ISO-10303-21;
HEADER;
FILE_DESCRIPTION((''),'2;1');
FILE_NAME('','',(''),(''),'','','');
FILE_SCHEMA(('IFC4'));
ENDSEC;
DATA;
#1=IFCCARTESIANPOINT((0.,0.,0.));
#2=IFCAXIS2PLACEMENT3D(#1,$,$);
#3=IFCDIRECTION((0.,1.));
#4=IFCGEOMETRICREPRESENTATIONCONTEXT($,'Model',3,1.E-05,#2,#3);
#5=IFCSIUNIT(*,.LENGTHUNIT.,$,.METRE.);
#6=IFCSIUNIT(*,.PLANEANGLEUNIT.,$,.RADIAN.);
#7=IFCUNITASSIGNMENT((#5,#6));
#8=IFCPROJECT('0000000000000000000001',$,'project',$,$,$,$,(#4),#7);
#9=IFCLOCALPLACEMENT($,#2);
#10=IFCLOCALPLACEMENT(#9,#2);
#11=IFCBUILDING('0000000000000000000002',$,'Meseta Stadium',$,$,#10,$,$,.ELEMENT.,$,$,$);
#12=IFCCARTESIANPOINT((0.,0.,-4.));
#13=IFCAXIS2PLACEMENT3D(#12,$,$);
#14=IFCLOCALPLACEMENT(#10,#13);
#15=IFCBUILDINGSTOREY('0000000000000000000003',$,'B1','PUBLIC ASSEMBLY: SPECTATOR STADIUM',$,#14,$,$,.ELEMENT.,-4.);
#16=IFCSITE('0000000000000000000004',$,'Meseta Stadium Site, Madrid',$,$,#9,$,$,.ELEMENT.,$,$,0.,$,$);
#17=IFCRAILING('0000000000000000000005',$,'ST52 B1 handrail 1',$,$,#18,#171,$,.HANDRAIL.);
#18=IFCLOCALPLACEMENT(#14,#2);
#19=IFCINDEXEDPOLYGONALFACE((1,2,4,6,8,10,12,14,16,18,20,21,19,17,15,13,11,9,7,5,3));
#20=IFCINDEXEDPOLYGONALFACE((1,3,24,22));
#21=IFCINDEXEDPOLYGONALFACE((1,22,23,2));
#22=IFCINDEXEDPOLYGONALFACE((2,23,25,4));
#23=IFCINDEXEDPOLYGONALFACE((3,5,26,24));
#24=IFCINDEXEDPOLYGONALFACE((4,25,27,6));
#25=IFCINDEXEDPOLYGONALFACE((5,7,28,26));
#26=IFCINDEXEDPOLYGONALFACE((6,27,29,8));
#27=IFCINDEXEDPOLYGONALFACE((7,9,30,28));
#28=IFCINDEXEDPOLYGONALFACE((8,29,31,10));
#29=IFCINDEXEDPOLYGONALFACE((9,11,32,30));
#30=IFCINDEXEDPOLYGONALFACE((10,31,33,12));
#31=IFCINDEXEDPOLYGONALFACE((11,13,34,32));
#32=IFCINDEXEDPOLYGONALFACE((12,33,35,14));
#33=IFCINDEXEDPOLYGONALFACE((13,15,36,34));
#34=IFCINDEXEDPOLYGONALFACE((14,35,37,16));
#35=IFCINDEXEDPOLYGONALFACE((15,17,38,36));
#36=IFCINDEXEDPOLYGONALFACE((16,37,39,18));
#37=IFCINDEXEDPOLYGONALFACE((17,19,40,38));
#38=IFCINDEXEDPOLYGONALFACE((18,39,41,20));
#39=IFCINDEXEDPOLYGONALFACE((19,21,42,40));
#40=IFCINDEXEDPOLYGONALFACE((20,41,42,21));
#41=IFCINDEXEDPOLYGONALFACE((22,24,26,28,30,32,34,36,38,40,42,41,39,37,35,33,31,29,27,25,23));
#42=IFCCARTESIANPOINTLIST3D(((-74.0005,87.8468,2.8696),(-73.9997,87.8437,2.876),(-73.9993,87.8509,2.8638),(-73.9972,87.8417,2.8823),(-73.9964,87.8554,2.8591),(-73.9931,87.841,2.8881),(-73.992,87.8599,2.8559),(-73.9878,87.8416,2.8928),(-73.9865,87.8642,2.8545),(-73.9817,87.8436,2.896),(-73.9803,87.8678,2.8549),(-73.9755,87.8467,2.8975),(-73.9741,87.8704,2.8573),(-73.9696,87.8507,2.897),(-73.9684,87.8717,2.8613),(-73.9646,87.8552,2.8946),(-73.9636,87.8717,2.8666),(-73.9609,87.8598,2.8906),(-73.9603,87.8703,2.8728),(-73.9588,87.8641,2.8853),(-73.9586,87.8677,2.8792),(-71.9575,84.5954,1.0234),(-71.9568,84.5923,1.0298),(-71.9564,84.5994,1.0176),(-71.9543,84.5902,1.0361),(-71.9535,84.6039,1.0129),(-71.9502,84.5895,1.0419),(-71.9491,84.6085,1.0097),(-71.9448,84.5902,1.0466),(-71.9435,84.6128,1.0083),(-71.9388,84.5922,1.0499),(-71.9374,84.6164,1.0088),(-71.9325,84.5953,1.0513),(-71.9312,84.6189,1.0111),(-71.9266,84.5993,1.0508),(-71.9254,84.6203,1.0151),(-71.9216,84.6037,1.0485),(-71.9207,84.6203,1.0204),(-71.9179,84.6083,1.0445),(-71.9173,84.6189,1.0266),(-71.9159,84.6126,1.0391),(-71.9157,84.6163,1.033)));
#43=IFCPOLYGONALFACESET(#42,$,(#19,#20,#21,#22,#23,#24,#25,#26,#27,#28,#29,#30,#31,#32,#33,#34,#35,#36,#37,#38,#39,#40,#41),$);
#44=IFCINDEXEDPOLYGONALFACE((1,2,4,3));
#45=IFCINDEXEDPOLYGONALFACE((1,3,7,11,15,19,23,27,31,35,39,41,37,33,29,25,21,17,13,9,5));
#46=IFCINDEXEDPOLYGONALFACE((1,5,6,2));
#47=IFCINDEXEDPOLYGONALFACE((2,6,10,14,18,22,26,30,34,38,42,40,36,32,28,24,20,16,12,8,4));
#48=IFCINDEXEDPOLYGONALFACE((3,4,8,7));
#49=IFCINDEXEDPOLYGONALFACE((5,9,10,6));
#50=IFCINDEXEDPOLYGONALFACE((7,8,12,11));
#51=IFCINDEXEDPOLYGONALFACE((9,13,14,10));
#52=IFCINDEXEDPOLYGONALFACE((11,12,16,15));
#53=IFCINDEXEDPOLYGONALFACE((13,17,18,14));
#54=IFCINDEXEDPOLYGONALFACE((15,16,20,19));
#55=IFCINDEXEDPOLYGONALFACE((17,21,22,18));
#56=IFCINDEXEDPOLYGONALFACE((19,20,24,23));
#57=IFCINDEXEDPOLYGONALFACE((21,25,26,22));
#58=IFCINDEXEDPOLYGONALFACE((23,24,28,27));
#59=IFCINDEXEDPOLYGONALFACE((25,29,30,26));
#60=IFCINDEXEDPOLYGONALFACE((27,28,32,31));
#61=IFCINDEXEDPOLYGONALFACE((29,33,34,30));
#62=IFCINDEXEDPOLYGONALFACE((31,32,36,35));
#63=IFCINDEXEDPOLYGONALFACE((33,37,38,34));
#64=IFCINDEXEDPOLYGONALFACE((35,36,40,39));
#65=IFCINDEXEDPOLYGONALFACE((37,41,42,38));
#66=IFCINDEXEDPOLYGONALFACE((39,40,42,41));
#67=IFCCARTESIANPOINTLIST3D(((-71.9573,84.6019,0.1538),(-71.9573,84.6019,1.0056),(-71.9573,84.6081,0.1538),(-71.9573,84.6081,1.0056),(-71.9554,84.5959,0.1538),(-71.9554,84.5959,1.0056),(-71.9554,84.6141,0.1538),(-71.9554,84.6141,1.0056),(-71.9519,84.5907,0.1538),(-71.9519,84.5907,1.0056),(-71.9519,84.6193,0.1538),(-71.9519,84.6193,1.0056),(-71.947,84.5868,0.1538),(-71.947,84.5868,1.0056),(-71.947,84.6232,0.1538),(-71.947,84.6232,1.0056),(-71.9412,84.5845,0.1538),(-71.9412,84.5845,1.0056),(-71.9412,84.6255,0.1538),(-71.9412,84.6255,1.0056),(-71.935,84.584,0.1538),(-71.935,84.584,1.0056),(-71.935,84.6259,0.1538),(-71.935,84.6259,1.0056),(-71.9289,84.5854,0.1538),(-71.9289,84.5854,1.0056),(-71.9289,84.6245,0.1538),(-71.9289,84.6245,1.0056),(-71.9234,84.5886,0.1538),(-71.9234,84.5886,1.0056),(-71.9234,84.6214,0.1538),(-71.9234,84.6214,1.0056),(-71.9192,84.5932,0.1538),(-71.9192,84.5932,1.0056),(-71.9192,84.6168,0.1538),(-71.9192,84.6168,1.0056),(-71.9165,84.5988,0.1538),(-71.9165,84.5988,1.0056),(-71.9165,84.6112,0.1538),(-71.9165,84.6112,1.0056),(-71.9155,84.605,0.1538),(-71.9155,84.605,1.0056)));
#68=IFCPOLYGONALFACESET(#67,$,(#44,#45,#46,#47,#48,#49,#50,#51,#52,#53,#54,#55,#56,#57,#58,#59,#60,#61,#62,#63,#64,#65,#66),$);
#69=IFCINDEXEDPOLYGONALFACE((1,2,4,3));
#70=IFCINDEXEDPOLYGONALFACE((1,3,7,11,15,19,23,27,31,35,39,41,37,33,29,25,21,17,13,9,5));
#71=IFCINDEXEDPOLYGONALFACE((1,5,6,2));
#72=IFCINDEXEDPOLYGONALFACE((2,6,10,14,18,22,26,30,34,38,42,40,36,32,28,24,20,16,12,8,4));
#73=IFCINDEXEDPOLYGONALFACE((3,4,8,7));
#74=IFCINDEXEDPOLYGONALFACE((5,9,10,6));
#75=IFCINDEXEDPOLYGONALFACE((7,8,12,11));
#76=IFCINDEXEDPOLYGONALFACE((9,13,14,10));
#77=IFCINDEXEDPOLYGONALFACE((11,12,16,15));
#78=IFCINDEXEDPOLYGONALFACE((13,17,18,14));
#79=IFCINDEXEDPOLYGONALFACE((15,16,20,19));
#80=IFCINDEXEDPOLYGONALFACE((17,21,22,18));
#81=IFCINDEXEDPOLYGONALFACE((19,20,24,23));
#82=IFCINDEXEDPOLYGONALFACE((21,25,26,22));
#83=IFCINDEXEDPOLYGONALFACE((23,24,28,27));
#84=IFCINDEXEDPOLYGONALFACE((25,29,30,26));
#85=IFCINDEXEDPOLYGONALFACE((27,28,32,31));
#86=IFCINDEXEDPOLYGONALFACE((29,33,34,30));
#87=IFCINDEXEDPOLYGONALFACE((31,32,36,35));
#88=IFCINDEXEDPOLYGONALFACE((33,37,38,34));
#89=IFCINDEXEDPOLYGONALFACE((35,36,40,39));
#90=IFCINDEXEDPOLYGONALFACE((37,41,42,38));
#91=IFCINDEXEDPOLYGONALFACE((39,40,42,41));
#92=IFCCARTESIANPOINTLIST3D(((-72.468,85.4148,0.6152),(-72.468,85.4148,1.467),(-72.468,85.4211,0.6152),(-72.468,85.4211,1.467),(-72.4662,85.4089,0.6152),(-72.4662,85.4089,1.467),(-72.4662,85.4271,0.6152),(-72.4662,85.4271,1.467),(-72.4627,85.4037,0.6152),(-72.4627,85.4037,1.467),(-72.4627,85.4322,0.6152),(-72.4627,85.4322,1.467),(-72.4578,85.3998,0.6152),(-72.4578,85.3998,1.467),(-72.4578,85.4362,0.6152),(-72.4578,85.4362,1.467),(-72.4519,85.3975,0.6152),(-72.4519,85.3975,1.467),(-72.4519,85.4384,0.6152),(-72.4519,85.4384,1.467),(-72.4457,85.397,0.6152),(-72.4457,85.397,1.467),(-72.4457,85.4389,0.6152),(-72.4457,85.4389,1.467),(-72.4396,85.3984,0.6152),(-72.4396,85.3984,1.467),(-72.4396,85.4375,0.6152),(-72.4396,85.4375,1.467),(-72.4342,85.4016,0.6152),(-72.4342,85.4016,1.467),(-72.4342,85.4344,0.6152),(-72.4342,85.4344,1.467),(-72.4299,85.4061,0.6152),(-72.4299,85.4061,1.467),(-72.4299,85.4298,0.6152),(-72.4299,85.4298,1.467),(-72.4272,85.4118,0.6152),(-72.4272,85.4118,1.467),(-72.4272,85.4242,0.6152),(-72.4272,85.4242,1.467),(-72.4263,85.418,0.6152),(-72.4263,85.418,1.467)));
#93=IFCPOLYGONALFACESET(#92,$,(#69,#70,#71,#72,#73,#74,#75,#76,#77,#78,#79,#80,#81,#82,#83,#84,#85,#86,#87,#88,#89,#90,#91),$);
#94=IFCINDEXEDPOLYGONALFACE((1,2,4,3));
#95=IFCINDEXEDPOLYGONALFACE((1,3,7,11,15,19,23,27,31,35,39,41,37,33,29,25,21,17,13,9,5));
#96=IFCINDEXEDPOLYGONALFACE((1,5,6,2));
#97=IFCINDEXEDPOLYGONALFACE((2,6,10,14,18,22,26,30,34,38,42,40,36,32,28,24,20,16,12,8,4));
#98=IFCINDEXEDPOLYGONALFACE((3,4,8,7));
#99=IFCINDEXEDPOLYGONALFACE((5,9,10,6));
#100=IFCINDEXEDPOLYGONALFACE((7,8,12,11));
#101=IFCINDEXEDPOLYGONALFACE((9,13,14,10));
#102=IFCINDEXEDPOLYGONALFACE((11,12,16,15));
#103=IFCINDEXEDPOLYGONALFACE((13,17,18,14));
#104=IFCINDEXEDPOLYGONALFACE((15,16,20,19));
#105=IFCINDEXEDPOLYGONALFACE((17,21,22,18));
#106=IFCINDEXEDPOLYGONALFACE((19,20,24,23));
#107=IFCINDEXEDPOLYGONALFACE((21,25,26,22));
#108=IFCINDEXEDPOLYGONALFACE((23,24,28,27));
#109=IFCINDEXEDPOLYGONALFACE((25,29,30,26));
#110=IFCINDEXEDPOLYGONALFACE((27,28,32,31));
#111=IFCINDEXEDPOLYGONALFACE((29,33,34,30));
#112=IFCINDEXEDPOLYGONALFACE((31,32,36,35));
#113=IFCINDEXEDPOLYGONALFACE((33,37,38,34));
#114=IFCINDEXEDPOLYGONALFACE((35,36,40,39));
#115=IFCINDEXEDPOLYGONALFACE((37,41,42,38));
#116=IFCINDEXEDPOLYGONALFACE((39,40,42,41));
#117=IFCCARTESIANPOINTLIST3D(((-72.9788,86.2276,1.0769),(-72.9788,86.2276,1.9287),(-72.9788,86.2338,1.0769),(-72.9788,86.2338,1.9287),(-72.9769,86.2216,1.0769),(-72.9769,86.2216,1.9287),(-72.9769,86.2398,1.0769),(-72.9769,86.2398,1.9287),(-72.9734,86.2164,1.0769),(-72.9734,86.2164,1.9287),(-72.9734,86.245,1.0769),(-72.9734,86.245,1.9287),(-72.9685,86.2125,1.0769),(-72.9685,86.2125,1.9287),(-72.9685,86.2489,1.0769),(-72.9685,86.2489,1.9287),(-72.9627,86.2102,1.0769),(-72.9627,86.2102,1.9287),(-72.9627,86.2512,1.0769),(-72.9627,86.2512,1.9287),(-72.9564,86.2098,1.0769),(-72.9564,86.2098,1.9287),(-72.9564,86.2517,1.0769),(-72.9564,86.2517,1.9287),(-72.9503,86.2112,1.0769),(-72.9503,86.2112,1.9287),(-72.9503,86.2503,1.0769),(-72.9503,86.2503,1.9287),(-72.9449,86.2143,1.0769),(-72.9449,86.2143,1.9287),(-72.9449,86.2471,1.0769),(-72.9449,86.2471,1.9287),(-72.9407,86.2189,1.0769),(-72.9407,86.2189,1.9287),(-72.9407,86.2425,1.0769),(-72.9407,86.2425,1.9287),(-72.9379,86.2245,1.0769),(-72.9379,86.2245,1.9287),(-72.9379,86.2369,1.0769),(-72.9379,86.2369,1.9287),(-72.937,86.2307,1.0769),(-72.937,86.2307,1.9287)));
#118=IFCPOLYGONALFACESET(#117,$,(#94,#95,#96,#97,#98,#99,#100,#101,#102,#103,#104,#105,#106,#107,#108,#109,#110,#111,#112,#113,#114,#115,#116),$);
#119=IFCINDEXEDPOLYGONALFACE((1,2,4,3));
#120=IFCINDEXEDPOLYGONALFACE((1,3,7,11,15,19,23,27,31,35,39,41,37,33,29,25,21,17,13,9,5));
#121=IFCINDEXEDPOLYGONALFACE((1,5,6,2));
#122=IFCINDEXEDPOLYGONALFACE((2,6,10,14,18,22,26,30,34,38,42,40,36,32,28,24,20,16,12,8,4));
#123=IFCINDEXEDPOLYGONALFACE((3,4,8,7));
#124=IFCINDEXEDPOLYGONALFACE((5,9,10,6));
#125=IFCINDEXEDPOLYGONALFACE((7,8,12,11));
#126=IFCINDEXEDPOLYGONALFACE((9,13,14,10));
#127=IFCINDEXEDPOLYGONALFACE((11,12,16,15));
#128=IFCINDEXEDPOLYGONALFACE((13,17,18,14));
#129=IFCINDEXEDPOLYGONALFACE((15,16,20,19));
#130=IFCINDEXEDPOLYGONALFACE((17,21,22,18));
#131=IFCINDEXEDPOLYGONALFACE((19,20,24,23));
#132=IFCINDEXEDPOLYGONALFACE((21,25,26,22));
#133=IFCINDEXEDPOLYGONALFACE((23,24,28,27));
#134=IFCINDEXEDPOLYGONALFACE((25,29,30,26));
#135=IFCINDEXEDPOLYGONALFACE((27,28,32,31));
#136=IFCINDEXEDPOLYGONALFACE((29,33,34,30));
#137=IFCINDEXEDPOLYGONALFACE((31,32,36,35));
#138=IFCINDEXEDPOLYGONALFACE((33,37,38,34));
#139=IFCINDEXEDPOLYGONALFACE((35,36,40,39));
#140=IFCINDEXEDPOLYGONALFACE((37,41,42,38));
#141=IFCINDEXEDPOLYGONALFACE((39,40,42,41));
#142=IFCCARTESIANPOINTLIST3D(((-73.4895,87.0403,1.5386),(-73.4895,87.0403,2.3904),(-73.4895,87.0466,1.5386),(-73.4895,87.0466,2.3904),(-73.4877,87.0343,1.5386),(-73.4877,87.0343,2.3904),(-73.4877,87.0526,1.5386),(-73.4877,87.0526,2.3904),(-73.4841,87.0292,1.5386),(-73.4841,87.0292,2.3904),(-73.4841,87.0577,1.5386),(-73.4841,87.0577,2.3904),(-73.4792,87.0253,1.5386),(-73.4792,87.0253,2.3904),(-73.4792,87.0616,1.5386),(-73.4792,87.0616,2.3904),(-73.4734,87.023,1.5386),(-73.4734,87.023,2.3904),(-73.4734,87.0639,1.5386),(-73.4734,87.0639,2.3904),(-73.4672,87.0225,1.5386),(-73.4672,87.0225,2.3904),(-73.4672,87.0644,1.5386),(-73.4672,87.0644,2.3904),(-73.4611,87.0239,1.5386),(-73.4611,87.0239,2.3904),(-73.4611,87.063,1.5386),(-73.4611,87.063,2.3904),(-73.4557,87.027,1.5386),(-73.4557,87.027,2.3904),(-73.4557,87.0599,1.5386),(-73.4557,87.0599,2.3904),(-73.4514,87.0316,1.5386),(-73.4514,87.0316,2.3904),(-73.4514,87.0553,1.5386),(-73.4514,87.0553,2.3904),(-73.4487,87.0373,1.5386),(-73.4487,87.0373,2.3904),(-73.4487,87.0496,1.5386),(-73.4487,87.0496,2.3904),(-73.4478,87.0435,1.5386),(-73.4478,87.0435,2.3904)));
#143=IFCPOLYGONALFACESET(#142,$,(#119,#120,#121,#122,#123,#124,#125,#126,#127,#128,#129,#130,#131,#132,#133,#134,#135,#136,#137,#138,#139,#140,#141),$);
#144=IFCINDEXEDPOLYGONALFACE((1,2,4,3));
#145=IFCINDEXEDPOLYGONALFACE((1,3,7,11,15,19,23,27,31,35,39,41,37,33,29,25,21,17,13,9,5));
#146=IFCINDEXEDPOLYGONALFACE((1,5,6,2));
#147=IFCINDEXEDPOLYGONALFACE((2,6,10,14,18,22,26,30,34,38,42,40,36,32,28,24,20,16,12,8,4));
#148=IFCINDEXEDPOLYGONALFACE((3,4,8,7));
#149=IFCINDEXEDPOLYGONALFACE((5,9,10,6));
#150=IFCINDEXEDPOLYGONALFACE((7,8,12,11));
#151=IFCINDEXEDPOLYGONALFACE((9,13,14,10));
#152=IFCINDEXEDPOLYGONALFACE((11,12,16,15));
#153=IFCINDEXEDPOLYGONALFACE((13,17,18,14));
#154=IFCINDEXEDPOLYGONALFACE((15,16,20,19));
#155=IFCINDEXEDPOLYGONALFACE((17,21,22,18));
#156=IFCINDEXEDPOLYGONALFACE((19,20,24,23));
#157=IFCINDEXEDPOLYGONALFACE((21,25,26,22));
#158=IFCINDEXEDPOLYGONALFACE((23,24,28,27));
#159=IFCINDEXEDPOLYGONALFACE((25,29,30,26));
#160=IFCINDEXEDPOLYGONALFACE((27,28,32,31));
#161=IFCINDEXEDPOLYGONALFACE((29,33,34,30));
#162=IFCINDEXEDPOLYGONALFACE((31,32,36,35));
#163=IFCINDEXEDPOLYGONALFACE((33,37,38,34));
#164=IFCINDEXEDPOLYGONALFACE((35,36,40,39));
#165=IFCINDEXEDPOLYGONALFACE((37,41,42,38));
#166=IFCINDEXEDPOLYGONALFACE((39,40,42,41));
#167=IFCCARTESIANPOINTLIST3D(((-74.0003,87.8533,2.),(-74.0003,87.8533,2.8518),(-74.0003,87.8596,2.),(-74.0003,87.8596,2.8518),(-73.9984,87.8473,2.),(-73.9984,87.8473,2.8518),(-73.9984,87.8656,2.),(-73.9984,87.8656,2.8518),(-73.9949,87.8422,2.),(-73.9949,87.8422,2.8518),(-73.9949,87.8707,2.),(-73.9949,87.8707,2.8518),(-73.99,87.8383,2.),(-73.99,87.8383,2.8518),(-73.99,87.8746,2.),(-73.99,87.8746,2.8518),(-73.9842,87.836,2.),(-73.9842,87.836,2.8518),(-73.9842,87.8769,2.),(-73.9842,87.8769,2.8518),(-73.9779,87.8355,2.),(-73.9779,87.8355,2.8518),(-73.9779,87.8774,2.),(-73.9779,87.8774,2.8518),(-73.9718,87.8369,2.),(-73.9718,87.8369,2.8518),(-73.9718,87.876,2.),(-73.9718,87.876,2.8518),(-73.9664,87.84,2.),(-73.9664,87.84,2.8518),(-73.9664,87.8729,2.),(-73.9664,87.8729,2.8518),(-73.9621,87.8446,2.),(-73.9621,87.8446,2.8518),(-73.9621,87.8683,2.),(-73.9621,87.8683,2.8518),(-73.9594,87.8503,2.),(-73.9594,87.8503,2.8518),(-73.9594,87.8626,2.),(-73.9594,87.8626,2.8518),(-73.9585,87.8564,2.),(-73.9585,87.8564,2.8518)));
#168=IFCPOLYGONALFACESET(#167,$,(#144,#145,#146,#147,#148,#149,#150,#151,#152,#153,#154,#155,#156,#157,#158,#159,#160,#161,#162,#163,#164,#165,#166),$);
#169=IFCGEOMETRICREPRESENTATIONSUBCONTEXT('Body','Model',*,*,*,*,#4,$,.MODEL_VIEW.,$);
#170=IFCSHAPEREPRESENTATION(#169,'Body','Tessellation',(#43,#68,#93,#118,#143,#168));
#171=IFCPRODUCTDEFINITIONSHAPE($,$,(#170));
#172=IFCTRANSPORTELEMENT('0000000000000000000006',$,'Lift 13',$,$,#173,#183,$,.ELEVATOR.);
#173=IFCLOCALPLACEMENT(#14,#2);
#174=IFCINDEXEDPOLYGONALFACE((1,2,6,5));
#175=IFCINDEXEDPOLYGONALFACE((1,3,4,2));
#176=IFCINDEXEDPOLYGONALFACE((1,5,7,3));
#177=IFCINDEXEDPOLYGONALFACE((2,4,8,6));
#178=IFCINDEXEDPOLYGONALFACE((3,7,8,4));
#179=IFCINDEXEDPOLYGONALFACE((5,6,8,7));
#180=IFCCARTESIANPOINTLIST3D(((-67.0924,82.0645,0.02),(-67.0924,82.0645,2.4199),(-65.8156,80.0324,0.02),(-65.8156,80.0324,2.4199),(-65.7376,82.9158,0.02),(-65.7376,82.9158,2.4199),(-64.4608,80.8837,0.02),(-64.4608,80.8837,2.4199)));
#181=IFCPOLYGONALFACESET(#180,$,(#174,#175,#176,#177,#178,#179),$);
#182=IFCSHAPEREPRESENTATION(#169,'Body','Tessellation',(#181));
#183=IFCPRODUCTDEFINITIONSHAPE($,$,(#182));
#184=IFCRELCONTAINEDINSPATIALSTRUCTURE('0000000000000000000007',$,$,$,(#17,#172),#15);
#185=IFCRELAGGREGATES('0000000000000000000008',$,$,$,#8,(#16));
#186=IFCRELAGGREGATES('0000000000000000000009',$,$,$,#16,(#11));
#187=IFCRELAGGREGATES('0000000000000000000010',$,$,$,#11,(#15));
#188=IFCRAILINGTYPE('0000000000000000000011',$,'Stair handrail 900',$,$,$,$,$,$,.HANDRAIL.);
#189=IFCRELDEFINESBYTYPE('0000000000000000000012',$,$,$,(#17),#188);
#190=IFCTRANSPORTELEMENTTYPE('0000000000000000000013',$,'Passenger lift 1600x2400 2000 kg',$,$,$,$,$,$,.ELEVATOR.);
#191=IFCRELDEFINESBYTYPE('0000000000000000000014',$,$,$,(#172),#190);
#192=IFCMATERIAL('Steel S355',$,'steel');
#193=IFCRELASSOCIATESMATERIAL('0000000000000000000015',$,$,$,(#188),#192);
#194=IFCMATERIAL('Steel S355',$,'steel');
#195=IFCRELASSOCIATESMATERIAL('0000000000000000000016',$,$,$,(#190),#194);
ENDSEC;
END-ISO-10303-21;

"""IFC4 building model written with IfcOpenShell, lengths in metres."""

from ifc_helpers import new_model, si_unit, direction, frame, origin, origin_2d, place, context, subcontext, project, spatial, rectangle, circle, extrude, material, type_object, element, save


model = new_model("IFC4")

# Units and contexts
model_context = context("Model", 3, precision=1e-05, world=origin(), true_north=direction((0.0, 1.0)))
body_context = subcontext(model_context, "Body", "Model", "MODEL_VIEW")
ifc_project = project(units=[si_unit("LENGTHUNIT", "METRE"), si_unit("PLANEANGLEUNIT", "RADIAN")], contexts=[model_context])

# Site, building, storey
site_placement = place(None, origin())
site = spatial("IfcSite", under=ifc_project, at=site_placement, Name="Meseta Stadium Site, Madrid", CompositionType="ELEMENT", RefElevation=0.0)
building_placement = place(site_placement, origin())
building = spatial("IfcBuilding", under=site, at=building_placement, Name="Meseta Stadium", CompositionType="ELEMENT")
storey_placement = place(building_placement, frame((0.0, 0.0, -4.0)))
storey = spatial("IfcBuildingStorey", under=building, at=storey_placement, Name="B1", Description="PUBLIC ASSEMBLY: SPECTATOR STADIUM", CompositionType="ELEMENT", Elevation=-4.0)

# Railing
ifc_material_1 = material(Name="Steel S355", Category="steel")
railing_type_1 = type_object("IfcRailingType", Name="Stair handrail 900", PredefinedType="HANDRAIL", material=ifc_material_1)
railing_1_placement = place(storey_placement, frame((-71.9365, 84.605, 0.1538)))
element("IfcRailing", 1, at=railing_1_placement, inside=storey, type_object=railing_type_1, Name="ST52 B1 handrail 1", PredefinedType="HANDRAIL", context=body_context, shape_type="SweptSolid", body=[
    extrude(circle(Radius=0.0239, at=origin_2d()), frame((0.0, 0.0, 0.876), z_axis=(-0.479483, 0.763117, 0.4333), x_axis=(-0.846731, -0.53202, 0.0)), (0.0, 0.0, 1.0), 4.2607),
    extrude(circle(Radius=0.021, at=origin_2d()), origin(), (0.0, 0.0, 1.0), 0.8518),
    extrude(circle(Radius=0.021, at=origin_2d()), frame((-0.5107, 0.813, 0.4614)), (0.0, 0.0, 1.0), 0.8518),
    extrude(circle(Radius=0.021, at=origin_2d()), frame((-1.0215, 1.6257, 0.9231)), (0.0, 0.0, 1.0), 0.8518),
    extrude(circle(Radius=0.021, at=origin_2d()), frame((-1.5322, 2.4385, 1.3848)), (0.0, 0.0, 1.0), 0.8518),
    extrude(circle(Radius=0.021, at=origin_2d()), frame((-2.043, 3.2515, 1.8462)), (0.0, 0.0, 1.0), 0.8518),
])

# Transport element
ifc_material_2 = material(Name="Steel S355", Category="steel")
transport_element_type = type_object("IfcTransportElementType", Name="Passenger lift 1600x2400 2000 kg", PredefinedType="ELEVATOR", material=ifc_material_2)
transport_element_placement = place(storey_placement, frame((-65.7766, 81.4741, 0.02), z_axis=(0.0, 0.0, 1.0), x_axis=(0.532033, -0.846724, 0.0)))
element("IfcTransportElement", 2, at=transport_element_placement, inside=storey, type_object=transport_element_type, Name="Lift 13", PredefinedType="ELEVATOR", context=body_context, shape_type="SweptSolid", body=[
    extrude(rectangle(XDim=2.3999, YDim=1.6001, at=origin_2d()), origin(), (0.0, 0.0, 1.0), 2.3999),
])

save(model, "model.ifc")
